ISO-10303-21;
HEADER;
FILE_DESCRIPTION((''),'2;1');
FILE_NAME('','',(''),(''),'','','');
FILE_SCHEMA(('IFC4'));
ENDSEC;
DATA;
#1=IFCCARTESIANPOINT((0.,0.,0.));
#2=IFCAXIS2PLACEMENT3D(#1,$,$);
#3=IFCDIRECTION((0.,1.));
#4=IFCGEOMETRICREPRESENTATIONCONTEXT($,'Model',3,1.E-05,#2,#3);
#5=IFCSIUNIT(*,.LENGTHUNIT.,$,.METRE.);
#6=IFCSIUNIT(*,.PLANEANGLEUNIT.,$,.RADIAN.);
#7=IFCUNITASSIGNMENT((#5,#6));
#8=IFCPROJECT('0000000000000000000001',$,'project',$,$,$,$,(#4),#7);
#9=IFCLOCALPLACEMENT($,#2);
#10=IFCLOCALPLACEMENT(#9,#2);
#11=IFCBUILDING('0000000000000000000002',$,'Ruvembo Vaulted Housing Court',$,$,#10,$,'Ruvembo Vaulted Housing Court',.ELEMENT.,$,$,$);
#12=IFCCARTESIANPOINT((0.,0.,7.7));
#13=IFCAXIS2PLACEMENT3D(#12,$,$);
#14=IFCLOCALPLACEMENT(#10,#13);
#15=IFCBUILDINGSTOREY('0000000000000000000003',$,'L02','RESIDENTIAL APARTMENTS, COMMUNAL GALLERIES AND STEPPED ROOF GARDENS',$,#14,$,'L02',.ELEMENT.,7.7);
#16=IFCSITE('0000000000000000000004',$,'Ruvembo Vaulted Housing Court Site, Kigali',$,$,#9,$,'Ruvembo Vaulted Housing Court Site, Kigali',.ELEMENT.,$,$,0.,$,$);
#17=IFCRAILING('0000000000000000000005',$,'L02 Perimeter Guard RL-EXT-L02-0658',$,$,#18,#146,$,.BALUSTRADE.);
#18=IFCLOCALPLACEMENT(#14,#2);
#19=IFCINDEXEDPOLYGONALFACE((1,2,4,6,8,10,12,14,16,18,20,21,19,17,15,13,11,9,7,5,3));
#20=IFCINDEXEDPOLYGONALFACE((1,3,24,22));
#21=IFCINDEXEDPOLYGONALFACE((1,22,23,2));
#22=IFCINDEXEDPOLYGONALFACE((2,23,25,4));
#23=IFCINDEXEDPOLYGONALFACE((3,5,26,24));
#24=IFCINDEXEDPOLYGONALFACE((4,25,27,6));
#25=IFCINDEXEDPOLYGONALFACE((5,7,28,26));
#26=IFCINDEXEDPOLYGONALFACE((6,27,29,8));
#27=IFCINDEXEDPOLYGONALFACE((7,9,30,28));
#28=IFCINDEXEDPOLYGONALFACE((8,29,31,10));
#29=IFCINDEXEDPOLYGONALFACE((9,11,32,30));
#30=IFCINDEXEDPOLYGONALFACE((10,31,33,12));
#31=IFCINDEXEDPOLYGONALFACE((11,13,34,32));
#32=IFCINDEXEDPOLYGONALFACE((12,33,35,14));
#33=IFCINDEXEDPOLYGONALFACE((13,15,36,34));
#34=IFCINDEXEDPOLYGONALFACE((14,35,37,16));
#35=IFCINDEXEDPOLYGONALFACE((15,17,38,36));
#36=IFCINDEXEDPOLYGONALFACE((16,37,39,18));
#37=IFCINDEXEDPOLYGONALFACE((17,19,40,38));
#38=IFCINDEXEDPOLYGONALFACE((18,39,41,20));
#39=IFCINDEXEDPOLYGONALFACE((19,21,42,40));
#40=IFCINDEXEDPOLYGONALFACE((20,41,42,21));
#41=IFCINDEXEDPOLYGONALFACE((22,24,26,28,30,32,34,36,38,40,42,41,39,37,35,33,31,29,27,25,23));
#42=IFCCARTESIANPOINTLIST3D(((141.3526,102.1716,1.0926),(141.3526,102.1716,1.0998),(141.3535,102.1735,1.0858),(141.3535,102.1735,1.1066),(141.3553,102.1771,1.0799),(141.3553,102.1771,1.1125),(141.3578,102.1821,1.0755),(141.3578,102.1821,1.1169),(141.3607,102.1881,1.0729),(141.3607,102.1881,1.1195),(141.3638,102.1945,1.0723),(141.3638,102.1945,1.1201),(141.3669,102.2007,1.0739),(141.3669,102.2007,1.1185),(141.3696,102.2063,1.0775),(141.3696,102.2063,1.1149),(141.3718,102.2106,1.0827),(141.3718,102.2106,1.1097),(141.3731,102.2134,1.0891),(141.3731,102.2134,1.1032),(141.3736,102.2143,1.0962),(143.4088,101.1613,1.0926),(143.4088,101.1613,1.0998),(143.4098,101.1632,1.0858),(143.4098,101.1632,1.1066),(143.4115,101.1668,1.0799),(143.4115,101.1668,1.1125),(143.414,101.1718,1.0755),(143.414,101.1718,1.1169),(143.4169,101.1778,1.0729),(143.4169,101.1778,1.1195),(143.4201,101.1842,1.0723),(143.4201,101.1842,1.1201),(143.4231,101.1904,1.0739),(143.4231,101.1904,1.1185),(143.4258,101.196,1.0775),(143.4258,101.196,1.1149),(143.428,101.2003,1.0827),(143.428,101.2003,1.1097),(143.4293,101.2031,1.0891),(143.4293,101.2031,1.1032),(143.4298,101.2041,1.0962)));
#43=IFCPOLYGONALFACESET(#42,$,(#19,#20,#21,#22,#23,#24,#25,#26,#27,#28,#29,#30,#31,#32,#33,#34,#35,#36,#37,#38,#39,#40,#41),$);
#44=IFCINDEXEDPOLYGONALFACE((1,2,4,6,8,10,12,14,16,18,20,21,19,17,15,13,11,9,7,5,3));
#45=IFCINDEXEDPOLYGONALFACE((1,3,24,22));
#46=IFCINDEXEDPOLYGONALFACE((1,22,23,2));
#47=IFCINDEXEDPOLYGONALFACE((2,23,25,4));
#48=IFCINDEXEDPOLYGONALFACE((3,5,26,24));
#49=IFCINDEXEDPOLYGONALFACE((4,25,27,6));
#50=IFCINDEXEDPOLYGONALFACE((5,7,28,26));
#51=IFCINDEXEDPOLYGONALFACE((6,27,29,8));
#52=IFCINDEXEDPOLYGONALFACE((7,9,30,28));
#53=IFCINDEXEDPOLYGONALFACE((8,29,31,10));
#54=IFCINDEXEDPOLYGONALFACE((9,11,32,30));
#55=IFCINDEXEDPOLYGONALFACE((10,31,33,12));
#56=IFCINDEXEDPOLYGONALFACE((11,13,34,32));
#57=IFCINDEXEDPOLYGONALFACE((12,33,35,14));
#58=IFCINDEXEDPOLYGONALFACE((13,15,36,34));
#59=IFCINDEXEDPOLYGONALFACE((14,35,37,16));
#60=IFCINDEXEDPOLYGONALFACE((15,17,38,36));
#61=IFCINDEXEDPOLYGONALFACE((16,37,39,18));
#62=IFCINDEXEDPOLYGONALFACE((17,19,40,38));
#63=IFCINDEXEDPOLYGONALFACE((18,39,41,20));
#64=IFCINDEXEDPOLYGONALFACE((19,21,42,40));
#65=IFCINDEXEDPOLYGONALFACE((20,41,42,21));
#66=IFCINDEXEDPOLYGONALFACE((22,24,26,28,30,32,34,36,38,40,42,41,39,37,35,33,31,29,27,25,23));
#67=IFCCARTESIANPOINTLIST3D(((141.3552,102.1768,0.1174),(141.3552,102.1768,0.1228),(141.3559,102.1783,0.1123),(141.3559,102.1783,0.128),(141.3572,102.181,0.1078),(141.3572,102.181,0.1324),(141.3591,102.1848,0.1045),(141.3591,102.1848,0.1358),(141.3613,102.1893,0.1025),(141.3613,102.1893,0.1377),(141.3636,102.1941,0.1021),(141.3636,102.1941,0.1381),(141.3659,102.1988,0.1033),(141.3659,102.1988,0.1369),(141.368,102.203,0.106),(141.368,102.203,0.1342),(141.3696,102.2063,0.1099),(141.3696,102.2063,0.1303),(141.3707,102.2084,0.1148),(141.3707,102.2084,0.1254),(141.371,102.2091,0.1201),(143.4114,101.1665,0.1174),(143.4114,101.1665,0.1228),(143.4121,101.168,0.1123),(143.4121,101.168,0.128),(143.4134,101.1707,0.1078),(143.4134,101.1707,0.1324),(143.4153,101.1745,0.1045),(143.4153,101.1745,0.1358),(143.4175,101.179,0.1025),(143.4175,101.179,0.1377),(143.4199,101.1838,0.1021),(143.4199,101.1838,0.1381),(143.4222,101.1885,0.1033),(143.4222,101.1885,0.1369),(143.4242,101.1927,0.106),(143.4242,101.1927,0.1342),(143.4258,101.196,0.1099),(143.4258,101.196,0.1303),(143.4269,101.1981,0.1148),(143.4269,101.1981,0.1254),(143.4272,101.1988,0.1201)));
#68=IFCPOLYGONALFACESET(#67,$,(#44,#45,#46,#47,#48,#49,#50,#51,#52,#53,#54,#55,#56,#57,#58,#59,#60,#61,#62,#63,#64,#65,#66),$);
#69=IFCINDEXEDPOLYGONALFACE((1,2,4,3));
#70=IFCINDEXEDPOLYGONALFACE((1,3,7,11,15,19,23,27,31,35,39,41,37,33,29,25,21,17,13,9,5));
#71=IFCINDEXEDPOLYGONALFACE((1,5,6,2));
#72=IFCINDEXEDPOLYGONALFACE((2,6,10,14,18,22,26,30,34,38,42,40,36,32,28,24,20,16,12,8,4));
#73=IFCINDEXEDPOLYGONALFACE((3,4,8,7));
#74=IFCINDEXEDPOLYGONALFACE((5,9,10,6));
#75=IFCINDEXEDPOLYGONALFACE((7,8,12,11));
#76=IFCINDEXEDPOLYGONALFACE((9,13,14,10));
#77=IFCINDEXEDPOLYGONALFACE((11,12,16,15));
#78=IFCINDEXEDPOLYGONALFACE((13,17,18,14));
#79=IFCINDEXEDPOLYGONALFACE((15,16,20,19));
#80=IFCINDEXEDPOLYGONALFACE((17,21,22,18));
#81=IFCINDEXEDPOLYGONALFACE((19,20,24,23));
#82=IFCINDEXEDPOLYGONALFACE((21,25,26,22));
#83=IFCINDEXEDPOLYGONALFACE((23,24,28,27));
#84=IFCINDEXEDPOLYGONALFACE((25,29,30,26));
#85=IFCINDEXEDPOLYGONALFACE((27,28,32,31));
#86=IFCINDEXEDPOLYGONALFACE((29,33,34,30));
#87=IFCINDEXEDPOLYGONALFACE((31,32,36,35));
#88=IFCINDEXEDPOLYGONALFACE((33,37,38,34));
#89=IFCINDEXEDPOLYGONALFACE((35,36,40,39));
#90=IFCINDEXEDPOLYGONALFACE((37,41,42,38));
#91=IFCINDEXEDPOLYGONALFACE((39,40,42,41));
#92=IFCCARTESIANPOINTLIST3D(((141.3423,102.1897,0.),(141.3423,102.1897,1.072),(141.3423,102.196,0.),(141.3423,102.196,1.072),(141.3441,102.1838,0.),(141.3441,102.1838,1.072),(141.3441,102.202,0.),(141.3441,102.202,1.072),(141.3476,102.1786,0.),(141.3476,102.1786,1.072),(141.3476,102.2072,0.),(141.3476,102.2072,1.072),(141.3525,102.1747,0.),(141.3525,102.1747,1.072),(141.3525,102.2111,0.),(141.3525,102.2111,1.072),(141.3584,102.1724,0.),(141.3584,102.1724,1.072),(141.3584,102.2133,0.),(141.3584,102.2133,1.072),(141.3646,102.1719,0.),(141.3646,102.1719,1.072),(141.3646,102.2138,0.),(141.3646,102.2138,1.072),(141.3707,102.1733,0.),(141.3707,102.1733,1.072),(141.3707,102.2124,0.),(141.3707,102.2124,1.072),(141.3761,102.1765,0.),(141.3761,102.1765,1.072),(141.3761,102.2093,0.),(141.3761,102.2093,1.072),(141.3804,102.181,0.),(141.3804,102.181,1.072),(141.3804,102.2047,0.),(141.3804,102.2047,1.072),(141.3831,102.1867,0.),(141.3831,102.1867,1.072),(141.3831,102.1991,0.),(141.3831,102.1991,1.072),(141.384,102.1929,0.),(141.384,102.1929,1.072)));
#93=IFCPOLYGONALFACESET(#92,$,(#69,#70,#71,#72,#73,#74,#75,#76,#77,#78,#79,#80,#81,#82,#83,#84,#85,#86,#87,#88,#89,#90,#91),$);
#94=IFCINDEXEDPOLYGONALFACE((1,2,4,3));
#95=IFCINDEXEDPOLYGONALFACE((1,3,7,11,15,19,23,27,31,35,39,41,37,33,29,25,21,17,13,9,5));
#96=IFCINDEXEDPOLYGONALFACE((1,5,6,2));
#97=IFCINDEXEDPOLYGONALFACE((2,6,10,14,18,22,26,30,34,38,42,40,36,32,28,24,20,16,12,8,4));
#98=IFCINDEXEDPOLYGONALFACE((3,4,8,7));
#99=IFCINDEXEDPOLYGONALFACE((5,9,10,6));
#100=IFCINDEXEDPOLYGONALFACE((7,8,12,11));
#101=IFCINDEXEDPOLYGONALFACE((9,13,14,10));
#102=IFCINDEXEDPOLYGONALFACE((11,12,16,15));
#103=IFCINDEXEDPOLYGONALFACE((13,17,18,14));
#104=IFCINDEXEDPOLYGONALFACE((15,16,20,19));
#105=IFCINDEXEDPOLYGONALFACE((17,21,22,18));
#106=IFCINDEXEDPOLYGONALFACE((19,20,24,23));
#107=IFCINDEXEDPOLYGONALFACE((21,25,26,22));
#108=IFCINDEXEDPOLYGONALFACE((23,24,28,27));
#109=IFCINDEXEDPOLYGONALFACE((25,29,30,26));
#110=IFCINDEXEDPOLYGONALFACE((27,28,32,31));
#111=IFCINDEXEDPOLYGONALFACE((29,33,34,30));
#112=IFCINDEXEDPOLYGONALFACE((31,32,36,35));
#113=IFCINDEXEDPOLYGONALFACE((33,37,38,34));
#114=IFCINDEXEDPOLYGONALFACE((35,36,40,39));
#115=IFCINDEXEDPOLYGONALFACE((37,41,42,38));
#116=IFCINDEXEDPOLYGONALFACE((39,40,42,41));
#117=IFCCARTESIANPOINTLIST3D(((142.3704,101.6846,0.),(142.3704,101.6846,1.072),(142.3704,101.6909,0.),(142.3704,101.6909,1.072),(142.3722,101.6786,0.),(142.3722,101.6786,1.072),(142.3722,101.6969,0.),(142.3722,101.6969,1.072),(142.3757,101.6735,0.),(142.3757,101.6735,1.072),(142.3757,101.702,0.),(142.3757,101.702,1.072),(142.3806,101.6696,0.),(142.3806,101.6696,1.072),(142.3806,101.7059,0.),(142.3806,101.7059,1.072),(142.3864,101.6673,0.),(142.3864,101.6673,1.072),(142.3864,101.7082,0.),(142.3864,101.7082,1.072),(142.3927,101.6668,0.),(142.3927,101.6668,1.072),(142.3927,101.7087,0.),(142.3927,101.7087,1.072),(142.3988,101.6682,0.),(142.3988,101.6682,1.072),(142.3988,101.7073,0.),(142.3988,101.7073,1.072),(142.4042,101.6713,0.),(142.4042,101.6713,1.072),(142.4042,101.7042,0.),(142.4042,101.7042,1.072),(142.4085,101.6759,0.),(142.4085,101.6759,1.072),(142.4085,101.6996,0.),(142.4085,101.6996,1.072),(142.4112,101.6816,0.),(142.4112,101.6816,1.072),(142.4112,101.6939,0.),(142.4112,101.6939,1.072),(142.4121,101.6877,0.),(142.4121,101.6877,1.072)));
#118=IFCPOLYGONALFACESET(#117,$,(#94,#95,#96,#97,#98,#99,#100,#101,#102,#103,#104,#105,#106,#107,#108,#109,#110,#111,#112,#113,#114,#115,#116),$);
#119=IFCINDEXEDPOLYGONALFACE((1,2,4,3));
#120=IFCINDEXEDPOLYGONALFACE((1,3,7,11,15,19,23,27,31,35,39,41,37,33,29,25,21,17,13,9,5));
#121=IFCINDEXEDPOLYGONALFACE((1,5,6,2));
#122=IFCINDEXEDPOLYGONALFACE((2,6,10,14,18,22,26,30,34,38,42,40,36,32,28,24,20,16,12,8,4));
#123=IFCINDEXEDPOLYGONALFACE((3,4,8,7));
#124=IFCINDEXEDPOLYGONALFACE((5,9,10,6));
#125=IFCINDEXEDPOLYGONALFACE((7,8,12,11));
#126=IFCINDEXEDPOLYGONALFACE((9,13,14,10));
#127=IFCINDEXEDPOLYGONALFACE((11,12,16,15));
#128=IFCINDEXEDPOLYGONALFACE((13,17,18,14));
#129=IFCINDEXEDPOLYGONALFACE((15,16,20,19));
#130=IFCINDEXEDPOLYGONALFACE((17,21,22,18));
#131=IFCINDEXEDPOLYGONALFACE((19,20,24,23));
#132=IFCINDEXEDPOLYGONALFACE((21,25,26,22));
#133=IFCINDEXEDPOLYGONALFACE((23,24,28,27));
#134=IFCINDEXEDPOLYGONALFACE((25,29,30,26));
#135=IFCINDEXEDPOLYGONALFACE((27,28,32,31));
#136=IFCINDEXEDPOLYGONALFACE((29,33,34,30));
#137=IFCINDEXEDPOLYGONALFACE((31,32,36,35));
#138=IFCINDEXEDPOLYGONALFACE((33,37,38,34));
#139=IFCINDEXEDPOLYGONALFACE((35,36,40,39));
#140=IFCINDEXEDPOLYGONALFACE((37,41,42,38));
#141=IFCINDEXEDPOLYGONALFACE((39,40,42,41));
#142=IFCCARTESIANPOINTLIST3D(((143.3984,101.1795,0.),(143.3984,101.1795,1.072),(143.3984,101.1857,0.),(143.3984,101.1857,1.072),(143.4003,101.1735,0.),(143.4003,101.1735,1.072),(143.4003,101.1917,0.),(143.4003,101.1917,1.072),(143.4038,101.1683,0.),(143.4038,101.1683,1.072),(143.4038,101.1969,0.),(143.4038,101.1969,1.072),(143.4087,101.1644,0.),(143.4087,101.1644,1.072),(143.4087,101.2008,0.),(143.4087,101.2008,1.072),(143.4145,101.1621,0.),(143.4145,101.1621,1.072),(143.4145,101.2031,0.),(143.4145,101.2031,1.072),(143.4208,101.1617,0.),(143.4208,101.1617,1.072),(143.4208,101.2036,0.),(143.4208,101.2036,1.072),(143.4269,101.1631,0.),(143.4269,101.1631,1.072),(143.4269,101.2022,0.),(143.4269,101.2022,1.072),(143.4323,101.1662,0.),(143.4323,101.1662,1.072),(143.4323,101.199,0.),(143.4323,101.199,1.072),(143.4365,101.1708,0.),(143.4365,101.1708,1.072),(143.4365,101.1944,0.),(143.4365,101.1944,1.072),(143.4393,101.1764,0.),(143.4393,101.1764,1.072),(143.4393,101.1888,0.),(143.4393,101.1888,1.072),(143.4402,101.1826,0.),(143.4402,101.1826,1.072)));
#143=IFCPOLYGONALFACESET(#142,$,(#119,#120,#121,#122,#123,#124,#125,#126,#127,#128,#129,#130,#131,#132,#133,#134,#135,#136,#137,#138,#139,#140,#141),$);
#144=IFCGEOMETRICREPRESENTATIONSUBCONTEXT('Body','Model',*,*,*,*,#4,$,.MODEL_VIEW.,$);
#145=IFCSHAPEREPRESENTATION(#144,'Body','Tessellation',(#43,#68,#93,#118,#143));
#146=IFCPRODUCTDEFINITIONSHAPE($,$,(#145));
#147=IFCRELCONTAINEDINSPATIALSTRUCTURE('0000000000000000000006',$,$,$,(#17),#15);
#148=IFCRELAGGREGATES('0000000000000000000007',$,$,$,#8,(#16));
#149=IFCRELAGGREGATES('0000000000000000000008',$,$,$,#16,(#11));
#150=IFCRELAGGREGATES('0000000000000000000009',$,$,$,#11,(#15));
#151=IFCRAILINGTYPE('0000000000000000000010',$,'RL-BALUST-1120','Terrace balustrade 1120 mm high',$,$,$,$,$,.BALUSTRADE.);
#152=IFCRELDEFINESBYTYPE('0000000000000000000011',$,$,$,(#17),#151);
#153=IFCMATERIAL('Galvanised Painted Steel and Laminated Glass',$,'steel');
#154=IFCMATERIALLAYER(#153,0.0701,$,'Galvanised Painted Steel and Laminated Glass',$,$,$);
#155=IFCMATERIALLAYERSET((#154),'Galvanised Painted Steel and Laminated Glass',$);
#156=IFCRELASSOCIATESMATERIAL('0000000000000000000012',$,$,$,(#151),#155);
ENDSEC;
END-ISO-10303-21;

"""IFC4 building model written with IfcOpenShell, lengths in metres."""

from ifc_helpers import new_model, si_unit, direction, frame, origin, origin_2d, place, context, subcontext, project, spatial, circle, extrude, material, layer, layer_set, type_object, element, save


model = new_model("IFC4")

# Units and contexts
model_context = context("Model", 3, precision=1e-05, world=origin(), true_north=direction((0.0, 1.0)))
body_context = subcontext(model_context, "Body", "Model", "MODEL_VIEW")
ifc_project = project(units=[si_unit("LENGTHUNIT", "METRE"), si_unit("PLANEANGLEUNIT", "RADIAN")], contexts=[model_context])

# Site, building, storey
site_placement = place(None, origin())
site = spatial("IfcSite", under=ifc_project, at=site_placement, Name="Ruvembo Vaulted Housing Court Site, Kigali", LongName="Ruvembo Vaulted Housing Court Site, Kigali", CompositionType="ELEMENT", RefElevation=0.0)
building_placement = place(site_placement, origin())
building = spatial("IfcBuilding", under=site, at=building_placement, Name="Ruvembo Vaulted Housing Court", LongName="Ruvembo Vaulted Housing Court", CompositionType="ELEMENT")
storey_placement = place(building_placement, frame((0.0, 0.0, 7.7)))
storey = spatial("IfcBuildingStorey", under=building, at=storey_placement, Name="L02", Description="RESIDENTIAL APARTMENTS, COMMUNAL GALLERIES AND STEPPED ROOF GARDENS", LongName="L02", CompositionType="ELEMENT", Elevation=7.7)

# Railing
ifc_material_1 = material(Name="Galvanised Painted Steel and Laminated Glass", Category="steel")
ifc_layer_1 = layer(ifc_material_1, 0.0701, Name="Galvanised Painted Steel and Laminated Glass")
ifc_layer_set_1 = layer_set([ifc_layer_1], Name="Galvanised Painted Steel and Laminated Glass")
railing_type = type_object("IfcRailingType", Name="RL-BALUST-1120", Description="Terrace balustrade 1120 mm high", PredefinedType="BALUSTRADE", material=ifc_layer_set_1)
railing_1_placement = place(storey_placement, frame((141.363, 102.1929, 0.0)))
element("IfcRailing", 1, at=railing_1_placement, inside=storey, type_object=railing_type, Name="L02 Perimeter Guard RL-EXT-L02-0658", PredefinedType="BALUSTRADE", context=body_context, shape_type="SweptSolid", body=[
    extrude(circle(Radius=0.0239, at=origin_2d()), frame((0.0, 0.0, 1.0962), z_axis=(0.897517, -0.440979, 0.0), x_axis=(0.440979, 0.897517, 0.0)), (0.0, 0.0, 1.0), 2.291),
    extrude(circle(Radius=0.0181, at=origin_2d()), frame((0.0, 0.0, 0.1201), z_axis=(0.897517, -0.440979, 0.0), x_axis=(0.440979, 0.897517, 0.0)), (0.0, 0.0, 1.0), 2.291),
    extrude(circle(Radius=0.021, at=origin_2d()), origin(), (0.0, 0.0, 1.0), 1.072),
    extrude(circle(Radius=0.021, at=origin_2d()), frame((1.0281, -0.5051, 0.0)), (0.0, 0.0, 1.0), 1.072),
    extrude(circle(Radius=0.021, at=origin_2d()), frame((2.0562, -1.0103, 0.0)), (0.0, 0.0, 1.0), 1.072),
])

save(model, "model.ifc")
